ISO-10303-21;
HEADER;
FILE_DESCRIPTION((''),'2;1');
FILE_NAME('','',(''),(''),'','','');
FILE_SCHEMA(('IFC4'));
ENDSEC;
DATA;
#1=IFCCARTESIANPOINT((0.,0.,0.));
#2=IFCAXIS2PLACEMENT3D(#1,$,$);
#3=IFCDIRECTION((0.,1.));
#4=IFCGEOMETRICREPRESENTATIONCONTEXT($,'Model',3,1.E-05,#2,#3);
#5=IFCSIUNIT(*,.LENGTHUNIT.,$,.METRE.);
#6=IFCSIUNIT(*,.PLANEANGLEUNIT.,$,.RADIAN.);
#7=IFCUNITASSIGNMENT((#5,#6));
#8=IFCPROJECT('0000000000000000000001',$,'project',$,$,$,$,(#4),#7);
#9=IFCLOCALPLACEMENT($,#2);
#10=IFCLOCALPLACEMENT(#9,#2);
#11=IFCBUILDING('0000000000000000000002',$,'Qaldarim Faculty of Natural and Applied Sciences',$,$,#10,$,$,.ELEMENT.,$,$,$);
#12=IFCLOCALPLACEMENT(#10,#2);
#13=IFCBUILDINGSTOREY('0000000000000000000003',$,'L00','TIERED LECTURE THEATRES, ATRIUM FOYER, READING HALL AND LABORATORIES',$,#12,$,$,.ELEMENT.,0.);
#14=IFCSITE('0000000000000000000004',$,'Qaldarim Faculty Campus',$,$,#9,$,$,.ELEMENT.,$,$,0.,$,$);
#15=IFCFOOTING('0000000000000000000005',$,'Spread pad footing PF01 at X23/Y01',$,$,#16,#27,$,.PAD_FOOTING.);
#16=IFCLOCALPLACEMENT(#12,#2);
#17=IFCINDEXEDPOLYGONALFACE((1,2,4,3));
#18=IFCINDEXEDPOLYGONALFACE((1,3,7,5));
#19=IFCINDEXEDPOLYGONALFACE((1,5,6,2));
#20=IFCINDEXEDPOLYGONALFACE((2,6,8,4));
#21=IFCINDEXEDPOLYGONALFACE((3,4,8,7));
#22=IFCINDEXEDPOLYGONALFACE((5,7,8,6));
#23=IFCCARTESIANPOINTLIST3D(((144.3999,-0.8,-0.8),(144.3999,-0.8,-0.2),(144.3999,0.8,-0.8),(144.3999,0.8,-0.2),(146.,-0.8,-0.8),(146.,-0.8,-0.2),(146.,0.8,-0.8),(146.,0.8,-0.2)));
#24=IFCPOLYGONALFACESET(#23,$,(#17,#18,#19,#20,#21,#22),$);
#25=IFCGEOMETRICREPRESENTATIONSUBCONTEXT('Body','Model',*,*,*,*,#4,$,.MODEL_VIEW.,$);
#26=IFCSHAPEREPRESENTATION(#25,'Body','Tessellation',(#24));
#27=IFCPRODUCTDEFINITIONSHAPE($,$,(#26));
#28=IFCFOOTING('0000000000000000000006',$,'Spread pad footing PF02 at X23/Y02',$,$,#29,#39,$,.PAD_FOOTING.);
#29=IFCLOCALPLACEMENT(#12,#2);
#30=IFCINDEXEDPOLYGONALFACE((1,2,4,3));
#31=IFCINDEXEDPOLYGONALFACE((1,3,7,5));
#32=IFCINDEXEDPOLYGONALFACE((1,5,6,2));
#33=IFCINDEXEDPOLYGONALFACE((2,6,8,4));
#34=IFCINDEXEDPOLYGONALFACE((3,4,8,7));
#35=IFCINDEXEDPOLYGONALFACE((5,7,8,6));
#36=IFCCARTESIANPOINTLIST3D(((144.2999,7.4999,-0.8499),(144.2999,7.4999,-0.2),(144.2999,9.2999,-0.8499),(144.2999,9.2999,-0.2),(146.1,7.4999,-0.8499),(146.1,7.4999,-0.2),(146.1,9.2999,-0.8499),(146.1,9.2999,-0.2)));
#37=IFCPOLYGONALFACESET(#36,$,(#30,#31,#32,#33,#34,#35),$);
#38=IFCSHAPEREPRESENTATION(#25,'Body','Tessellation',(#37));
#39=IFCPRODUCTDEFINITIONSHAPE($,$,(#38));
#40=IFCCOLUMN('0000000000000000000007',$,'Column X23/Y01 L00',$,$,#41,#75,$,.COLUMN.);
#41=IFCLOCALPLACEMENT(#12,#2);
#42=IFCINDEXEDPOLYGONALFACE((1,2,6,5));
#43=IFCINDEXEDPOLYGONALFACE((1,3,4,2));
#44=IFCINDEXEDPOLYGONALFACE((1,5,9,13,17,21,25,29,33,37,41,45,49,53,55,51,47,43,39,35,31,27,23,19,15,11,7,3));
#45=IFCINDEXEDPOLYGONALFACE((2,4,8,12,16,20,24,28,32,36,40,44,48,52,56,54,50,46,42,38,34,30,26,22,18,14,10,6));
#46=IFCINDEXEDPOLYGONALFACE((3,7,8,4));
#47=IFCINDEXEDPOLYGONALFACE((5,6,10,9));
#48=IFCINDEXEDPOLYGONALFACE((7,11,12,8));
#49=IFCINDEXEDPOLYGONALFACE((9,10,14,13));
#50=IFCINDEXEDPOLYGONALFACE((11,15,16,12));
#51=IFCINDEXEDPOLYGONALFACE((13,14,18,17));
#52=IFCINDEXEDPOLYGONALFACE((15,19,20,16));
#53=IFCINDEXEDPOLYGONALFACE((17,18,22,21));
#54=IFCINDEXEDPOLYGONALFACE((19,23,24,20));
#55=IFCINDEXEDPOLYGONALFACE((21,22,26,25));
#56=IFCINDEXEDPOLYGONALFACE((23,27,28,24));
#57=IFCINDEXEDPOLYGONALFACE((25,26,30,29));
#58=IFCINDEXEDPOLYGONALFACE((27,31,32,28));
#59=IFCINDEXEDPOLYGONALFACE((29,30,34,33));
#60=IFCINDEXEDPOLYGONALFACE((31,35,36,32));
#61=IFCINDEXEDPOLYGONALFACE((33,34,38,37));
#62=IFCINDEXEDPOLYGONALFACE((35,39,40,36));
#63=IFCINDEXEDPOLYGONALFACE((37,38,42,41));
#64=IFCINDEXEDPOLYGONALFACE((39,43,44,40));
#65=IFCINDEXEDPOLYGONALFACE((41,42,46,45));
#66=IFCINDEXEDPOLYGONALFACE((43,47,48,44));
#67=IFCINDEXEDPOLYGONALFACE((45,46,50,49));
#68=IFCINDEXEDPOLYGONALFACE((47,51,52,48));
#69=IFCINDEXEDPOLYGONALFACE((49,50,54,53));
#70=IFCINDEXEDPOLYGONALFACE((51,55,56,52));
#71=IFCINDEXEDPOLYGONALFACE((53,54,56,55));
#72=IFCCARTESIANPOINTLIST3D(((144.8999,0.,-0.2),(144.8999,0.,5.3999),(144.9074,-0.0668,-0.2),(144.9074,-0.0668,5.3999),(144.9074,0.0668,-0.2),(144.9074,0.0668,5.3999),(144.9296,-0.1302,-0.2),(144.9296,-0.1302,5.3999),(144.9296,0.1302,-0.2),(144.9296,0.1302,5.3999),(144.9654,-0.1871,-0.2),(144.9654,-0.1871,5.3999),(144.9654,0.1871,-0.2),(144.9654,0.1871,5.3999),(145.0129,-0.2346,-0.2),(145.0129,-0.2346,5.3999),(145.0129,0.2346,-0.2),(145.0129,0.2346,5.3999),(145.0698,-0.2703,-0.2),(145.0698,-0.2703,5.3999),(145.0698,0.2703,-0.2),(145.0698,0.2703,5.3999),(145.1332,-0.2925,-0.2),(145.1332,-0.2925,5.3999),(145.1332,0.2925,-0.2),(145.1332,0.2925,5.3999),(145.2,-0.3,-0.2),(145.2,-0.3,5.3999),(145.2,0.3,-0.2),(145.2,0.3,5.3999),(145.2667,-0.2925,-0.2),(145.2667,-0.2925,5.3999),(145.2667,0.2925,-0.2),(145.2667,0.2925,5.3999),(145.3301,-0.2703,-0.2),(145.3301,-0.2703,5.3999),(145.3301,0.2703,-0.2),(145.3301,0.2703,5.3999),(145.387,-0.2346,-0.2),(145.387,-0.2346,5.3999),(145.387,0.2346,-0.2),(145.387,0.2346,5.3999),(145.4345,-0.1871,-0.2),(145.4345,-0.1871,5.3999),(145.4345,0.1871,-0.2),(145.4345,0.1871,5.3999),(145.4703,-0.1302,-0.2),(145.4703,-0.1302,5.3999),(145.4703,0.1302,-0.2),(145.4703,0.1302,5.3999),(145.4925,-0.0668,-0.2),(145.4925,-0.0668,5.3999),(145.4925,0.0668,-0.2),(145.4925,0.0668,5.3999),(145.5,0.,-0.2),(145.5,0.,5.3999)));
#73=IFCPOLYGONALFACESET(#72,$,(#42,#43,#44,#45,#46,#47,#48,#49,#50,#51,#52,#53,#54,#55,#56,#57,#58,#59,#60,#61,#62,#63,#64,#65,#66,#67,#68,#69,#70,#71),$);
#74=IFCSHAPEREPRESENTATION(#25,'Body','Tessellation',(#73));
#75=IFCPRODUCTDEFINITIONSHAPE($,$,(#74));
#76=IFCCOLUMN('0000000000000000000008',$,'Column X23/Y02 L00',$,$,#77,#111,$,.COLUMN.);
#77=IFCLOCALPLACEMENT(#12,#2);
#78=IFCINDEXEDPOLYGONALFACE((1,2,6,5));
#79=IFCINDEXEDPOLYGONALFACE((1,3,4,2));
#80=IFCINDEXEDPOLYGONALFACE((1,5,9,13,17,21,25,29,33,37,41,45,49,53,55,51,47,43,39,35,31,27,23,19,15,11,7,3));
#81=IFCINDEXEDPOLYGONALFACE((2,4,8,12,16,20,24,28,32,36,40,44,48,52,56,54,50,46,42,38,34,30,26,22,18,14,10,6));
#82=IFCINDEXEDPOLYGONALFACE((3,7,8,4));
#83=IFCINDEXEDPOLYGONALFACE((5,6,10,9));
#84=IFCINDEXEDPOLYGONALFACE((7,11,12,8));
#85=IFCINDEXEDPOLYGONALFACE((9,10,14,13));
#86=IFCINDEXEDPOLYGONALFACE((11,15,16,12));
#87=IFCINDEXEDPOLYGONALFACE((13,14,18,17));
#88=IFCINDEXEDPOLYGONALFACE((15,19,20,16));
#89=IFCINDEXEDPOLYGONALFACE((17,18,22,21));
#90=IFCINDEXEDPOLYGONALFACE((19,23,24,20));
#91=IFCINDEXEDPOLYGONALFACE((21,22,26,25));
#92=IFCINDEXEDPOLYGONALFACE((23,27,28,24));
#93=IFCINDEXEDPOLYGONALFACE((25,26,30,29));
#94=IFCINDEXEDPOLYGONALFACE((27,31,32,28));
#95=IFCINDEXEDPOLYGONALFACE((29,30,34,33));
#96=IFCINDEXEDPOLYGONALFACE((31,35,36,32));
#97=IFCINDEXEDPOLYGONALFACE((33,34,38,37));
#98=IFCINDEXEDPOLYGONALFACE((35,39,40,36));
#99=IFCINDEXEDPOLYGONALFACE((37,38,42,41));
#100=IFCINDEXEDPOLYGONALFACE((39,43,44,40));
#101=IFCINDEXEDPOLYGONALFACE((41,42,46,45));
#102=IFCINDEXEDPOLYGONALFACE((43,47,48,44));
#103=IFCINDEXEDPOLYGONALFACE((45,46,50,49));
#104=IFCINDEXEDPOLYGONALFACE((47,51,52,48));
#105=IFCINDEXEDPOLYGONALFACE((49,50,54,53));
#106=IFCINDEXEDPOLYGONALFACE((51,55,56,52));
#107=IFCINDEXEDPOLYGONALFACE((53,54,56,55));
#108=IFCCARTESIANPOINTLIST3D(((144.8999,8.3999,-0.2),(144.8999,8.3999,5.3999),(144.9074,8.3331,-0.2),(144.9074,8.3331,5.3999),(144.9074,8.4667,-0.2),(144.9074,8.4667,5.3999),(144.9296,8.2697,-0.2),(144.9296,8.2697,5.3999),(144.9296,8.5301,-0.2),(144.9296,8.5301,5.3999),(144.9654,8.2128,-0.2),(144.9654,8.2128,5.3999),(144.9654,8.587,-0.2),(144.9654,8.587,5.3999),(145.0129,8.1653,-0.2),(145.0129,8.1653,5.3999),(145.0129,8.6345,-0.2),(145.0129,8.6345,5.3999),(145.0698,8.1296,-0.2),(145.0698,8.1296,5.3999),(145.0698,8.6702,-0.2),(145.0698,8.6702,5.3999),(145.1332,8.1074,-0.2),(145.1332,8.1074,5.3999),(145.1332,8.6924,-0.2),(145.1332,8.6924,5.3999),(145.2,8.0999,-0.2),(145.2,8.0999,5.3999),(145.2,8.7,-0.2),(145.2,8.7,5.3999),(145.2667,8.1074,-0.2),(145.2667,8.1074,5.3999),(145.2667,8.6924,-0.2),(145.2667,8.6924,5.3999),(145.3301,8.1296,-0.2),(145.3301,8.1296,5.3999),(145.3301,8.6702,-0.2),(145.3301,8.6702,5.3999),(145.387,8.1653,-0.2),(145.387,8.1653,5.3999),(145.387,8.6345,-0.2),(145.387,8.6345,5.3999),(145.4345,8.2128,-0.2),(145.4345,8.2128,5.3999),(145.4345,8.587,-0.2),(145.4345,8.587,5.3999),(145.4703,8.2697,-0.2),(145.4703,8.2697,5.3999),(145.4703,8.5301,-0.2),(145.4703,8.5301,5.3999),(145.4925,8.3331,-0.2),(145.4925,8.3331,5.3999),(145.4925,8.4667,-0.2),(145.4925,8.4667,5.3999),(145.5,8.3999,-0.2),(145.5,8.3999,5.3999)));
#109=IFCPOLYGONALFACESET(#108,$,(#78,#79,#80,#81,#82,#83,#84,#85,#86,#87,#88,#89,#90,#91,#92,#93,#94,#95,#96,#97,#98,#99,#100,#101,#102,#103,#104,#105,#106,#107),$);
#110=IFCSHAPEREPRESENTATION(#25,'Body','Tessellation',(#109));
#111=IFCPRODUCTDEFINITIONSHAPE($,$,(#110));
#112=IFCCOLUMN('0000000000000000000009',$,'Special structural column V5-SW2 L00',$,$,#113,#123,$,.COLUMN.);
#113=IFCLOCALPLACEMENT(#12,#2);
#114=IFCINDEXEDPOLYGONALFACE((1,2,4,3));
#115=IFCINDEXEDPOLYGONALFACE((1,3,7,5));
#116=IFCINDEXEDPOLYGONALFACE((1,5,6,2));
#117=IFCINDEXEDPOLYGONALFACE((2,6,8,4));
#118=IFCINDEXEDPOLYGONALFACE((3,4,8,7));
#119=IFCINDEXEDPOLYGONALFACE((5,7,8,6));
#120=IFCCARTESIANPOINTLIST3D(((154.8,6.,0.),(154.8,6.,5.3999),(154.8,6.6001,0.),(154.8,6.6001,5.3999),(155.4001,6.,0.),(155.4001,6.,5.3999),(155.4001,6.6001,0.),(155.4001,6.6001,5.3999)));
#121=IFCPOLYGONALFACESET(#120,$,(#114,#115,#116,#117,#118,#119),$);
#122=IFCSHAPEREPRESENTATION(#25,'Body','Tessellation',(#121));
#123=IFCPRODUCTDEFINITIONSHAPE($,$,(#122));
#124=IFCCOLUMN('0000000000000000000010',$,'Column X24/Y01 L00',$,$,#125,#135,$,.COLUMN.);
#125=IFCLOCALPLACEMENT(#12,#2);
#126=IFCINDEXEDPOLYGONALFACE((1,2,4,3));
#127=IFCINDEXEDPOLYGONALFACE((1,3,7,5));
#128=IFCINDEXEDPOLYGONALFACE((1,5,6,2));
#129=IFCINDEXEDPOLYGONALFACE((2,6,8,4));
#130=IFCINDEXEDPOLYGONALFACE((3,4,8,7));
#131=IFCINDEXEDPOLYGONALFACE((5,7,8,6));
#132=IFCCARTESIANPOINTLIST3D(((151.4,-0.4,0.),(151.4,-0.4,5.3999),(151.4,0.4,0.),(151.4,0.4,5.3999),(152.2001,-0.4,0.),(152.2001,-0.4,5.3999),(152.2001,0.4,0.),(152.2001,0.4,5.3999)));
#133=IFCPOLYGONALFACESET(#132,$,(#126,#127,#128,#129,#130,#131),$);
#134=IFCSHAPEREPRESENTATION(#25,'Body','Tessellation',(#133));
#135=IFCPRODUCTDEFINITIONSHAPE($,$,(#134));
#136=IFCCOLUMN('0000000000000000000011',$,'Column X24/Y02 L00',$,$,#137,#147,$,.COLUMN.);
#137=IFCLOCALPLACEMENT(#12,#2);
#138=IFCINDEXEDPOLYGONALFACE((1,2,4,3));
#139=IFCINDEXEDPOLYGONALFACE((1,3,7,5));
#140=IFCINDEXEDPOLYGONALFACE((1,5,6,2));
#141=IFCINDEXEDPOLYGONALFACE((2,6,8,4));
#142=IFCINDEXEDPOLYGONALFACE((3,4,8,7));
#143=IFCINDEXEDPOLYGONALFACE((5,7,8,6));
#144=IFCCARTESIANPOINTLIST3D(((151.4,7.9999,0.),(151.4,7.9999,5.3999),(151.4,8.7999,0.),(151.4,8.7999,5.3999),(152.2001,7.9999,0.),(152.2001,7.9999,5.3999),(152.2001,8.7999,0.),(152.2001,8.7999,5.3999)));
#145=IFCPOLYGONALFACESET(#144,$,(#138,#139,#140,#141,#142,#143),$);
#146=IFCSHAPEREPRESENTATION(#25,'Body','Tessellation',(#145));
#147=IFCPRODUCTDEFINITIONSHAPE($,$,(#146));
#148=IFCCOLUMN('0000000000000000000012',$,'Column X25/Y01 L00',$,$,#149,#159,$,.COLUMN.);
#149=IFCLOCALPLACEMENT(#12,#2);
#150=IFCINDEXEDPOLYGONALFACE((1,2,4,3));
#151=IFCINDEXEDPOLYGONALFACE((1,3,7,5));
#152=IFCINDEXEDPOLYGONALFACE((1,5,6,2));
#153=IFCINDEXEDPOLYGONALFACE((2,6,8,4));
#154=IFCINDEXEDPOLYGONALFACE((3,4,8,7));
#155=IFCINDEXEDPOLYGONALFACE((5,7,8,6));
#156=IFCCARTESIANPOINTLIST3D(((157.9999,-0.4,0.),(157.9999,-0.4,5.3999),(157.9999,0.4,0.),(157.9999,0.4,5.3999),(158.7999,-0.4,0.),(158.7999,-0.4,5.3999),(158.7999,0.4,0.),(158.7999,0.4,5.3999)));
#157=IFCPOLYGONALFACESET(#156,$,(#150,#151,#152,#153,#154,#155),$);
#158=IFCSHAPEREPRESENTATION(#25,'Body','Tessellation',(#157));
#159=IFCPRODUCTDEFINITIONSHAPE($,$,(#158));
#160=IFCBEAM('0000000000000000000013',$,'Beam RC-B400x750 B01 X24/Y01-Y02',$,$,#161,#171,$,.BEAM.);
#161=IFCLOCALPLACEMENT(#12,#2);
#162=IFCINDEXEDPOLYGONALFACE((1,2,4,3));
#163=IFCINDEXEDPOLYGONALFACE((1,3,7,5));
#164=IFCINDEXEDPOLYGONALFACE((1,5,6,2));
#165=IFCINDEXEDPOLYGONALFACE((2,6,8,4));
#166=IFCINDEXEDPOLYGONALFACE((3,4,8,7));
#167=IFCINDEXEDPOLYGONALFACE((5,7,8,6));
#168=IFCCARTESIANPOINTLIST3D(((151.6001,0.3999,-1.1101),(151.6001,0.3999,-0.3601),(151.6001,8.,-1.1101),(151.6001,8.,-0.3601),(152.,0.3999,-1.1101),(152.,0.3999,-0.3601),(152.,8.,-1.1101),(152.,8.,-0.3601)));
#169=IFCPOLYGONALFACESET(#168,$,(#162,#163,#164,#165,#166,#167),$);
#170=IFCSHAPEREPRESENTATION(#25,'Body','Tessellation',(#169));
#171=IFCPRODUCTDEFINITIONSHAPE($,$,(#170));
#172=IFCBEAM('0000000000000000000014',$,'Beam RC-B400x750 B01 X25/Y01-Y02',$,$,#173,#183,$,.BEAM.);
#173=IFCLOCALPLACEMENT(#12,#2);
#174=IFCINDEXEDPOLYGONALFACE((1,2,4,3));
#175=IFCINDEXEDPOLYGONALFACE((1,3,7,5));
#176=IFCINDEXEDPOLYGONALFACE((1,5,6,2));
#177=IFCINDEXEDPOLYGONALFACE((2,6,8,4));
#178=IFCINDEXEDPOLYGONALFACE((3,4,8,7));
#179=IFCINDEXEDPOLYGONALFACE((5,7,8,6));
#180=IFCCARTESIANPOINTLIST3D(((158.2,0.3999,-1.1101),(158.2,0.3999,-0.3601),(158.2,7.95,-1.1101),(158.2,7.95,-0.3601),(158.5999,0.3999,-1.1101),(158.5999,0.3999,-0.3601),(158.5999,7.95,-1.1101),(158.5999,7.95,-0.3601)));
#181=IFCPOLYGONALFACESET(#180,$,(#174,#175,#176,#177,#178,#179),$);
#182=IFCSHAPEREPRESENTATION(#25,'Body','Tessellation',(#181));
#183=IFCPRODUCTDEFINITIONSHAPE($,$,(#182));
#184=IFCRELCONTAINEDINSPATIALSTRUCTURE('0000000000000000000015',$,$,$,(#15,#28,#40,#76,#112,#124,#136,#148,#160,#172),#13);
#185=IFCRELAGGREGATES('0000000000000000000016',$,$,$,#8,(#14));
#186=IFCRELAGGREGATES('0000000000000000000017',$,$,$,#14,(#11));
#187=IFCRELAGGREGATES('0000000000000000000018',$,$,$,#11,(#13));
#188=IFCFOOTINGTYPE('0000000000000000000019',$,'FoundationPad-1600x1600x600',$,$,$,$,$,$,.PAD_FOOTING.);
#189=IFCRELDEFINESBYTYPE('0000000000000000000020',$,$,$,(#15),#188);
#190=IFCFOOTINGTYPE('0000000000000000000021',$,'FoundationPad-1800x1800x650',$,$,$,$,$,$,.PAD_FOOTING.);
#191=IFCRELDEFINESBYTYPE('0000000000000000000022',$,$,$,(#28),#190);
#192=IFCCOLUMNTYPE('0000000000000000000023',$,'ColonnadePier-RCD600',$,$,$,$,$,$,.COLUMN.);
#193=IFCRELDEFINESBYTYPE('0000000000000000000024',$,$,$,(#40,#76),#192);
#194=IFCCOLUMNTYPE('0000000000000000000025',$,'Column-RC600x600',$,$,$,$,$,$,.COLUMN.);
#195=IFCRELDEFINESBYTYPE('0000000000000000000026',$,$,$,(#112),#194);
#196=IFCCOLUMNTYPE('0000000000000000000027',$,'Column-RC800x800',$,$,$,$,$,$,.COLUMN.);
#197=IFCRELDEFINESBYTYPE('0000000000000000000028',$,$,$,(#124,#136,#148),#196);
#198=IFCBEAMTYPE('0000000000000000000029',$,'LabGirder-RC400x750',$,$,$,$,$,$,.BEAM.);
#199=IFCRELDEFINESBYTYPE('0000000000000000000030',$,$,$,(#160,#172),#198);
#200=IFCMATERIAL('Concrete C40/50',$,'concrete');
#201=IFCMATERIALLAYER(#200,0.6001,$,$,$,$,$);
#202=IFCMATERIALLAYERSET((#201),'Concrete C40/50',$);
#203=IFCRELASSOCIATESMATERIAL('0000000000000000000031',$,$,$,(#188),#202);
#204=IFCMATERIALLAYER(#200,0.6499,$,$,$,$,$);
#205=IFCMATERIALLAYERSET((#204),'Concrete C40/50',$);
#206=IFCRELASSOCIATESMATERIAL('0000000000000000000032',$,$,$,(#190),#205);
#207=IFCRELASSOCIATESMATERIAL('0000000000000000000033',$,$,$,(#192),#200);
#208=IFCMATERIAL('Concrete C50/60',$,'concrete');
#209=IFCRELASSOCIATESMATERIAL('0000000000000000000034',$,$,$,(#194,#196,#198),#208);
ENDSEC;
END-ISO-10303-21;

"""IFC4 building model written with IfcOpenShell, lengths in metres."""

from ifc_helpers import new_model, si_unit, direction, frame, origin, origin_2d, place, context, subcontext, project, spatial, rectangle, circle, extrude, material, layer, layer_set, material_profile, profile_set, type_object, element, save


model = new_model("IFC4")

# Units and contexts
model_context = context("Model", 3, precision=1e-05, world=origin(), true_north=direction((0.0, 1.0)))
body_context = subcontext(model_context, "Body", "Model", "MODEL_VIEW")
ifc_project = project(units=[si_unit("LENGTHUNIT", "METRE"), si_unit("PLANEANGLEUNIT", "RADIAN")], contexts=[model_context])

# Site, building, storey
site_placement = place(None, origin())
site = spatial("IfcSite", under=ifc_project, at=site_placement, Name="Qaldarim Faculty Campus", CompositionType="ELEMENT", RefElevation=0.0)
building_placement = place(site_placement, origin())
building = spatial("IfcBuilding", under=site, at=building_placement, Name="Qaldarim Faculty of Natural and Applied Sciences", CompositionType="ELEMENT")
storey_placement = place(building_placement, origin())
storey = spatial("IfcBuildingStorey", under=building, at=storey_placement, Name="L00", Description="TIERED LECTURE THEATRES, ATRIUM FOYER, READING HALL AND LABORATORIES", CompositionType="ELEMENT", Elevation=0.0)

# Footings
ifc_material_1 = material(Name="Concrete C40/50", Category="concrete")
ifc_layer_1 = layer(ifc_material_1, 0.6001)
ifc_layer_set_1 = layer_set([ifc_layer_1], Name="Concrete C40/50")
footing_type_1 = type_object("IfcFootingType", Name="FoundationPad-1600x1600x600", PredefinedType="PAD_FOOTING", material=ifc_layer_set_1)
footing_1_placement = place(storey_placement, frame((145.2, 0.0, -0.8), z_axis=(0.0, 0.0, 1.0), x_axis=(1.0, 0.0, 0.0)))
element("IfcFooting", 1, at=footing_1_placement, inside=storey, type_object=footing_type_1, Name="Spread pad footing PF01 at X23/Y01", PredefinedType="PAD_FOOTING", context=body_context, shape_type="SweptSolid", body=[
    extrude(rectangle(XDim=1.6001, YDim=1.6001, at=origin_2d()), origin(), (0.0, 0.0, 1.0), 0.6001),
])
ifc_layer_2 = layer(ifc_material_1, 0.6499)
ifc_layer_set_2 = layer_set([ifc_layer_2], Name="Concrete C40/50")
footing_type_2 = type_object("IfcFootingType", Name="FoundationPad-1800x1800x650", PredefinedType="PAD_FOOTING", material=ifc_layer_set_2)
footing_2_placement = place(storey_placement, frame((145.2, 8.3999, -0.8499), z_axis=(0.0, 0.0, 1.0), x_axis=(1.0, 0.0, 0.0)))
element("IfcFooting", 2, at=footing_2_placement, inside=storey, type_object=footing_type_2, Name="Spread pad footing PF02 at X23/Y02", PredefinedType="PAD_FOOTING", context=body_context, shape_type="SweptSolid", body=[
    extrude(rectangle(XDim=1.8, YDim=1.8, at=origin_2d()), origin(), (0.0, 0.0, 1.0), 0.6499),
])

# Columns
ifc_material_profile_1 = material_profile(ifc_material_1, circle(Radius=0.3, at=origin_2d()), Name="RC-D600")
ifc_profile_set_1 = profile_set([ifc_material_profile_1], Name="Concrete C40/50")
column_type_1 = type_object("IfcColumnType", Name="ColonnadePier-RCD600", PredefinedType="COLUMN", material=ifc_profile_set_1)
for number, where, z_axis, x_axis, name in (
    (3, (145.2, 0.0, -0.2), (0.0, 0.0, 1.0), (1.0, 0.0, 0.0), "Column X23/Y01 L00"),
    (4, (145.2, 8.3999, -0.2), (0.0, 0.0, 1.0), (1.0, 0.0, 0.0), "Column X23/Y02 L00"),
):
    element("IfcColumn", number, at=place(storey_placement, frame(where, z_axis=z_axis, x_axis=x_axis)), inside=storey, type_object=column_type_1, Name=name, PredefinedType="COLUMN", context=body_context, shape_type="SweptSolid", body=[
        extrude(circle(Radius=0.3, at=origin_2d()), origin(), (0.0, 0.0, 1.0), 5.5999),
    ])
ifc_material_2 = material(Name="Concrete C50/60", Category="concrete")
ifc_material_profile_2 = material_profile(ifc_material_2, rectangle(XDim=0.6001, YDim=0.6001, at=origin_2d()), Name="RC-C600x600")
ifc_profile_set_2 = profile_set([ifc_material_profile_2], Name="Concrete C50/60")
column_type_2 = type_object("IfcColumnType", Name="Column-RC600x600", PredefinedType="COLUMN", material=ifc_profile_set_2)
column_placement = place(storey_placement, frame((155.1001, 6.3, 0.0), z_axis=(0.0, 0.0, 1.0), x_axis=(1.0, 0.0, 0.0)))
element("IfcColumn", 5, at=column_placement, inside=storey, type_object=column_type_2, Name="Special structural column V5-SW2 L00", PredefinedType="COLUMN", context=body_context, shape_type="SweptSolid", body=[
    extrude(rectangle(XDim=0.6001, YDim=0.6001, at=origin_2d()), origin(), (0.0, 0.0, 1.0), 5.3999),
])
ifc_material_profile_3 = material_profile(ifc_material_2, rectangle(XDim=0.8, YDim=0.8, at=origin_2d()), Name="RC-C800x800")
ifc_profile_set_3 = profile_set([ifc_material_profile_3], Name="Concrete C50/60")
column_type_3 = type_object("IfcColumnType", Name="Column-RC800x800", PredefinedType="COLUMN", material=ifc_profile_set_3)
for number, where, z_axis, x_axis, name in (
    (6, (151.8, 0.0, 0.0), (0.0, 0.0, 1.0), (1.0, 0.0, 0.0), "Column X24/Y01 L00"),
    (7, (151.8, 8.3999, 0.0), (0.0, 0.0, 1.0), (1.0, 0.0, 0.0), "Column X24/Y02 L00"),
    (8, (158.3999, 0.0, 0.0), (0.0, 0.0, 1.0), (1.0, 0.0, 0.0), "Column X25/Y01 L00"),
):
    element("IfcColumn", number, at=place(storey_placement, frame(where, z_axis=z_axis, x_axis=x_axis)), inside=storey, type_object=column_type_3, Name=name, PredefinedType="COLUMN", context=body_context, shape_type="SweptSolid", body=[
        extrude(rectangle(XDim=0.8, YDim=0.8, at=origin_2d()), origin(), (0.0, 0.0, 1.0), 5.3999),
    ])

# Beams
ifc_material_profile_4 = material_profile(ifc_material_2, rectangle(XDim=0.3999, YDim=0.75, at=origin_2d()), Name="RC-B400x750")
ifc_profile_set_4 = profile_set([ifc_material_profile_4], Name="Concrete C50/60")
beam_type_1 = type_object("IfcBeamType", Name="LabGirder-RC400x750", PredefinedType="BEAM", material=ifc_profile_set_4)
beam_1_placement = place(storey_placement, frame((151.8, 0.3999, -0.7351), z_axis=(0.0, 1.0, 0.0), x_axis=(-1.0, 0.0, 0.0)))
element("IfcBeam", 9, at=beam_1_placement, inside=storey, type_object=beam_type_1, Name="Beam RC-B400x750 B01 X24/Y01-Y02", PredefinedType="BEAM", context=body_context, shape_type="SweptSolid", body=[
    extrude(rectangle(XDim=0.3999, YDim=0.75, at=origin_2d()), origin(), (0.0, 0.0, 1.0), 7.6001),
])
beam_2_placement = place(storey_placement, frame((158.3999, 0.3999, -0.7351), z_axis=(0.0, 1.0, 0.0), x_axis=(-1.0, 0.0, 0.0)))
element("IfcBeam", 10, at=beam_2_placement, inside=storey, type_object=beam_type_1, Name="Beam RC-B400x750 B01 X25/Y01-Y02", PredefinedType="BEAM", context=body_context, shape_type="SweptSolid", body=[
    extrude(rectangle(XDim=0.3999, YDim=0.75, at=origin_2d()), origin(), (0.0, 0.0, 1.0), 7.55),
])

save(model, "model.ifc")
